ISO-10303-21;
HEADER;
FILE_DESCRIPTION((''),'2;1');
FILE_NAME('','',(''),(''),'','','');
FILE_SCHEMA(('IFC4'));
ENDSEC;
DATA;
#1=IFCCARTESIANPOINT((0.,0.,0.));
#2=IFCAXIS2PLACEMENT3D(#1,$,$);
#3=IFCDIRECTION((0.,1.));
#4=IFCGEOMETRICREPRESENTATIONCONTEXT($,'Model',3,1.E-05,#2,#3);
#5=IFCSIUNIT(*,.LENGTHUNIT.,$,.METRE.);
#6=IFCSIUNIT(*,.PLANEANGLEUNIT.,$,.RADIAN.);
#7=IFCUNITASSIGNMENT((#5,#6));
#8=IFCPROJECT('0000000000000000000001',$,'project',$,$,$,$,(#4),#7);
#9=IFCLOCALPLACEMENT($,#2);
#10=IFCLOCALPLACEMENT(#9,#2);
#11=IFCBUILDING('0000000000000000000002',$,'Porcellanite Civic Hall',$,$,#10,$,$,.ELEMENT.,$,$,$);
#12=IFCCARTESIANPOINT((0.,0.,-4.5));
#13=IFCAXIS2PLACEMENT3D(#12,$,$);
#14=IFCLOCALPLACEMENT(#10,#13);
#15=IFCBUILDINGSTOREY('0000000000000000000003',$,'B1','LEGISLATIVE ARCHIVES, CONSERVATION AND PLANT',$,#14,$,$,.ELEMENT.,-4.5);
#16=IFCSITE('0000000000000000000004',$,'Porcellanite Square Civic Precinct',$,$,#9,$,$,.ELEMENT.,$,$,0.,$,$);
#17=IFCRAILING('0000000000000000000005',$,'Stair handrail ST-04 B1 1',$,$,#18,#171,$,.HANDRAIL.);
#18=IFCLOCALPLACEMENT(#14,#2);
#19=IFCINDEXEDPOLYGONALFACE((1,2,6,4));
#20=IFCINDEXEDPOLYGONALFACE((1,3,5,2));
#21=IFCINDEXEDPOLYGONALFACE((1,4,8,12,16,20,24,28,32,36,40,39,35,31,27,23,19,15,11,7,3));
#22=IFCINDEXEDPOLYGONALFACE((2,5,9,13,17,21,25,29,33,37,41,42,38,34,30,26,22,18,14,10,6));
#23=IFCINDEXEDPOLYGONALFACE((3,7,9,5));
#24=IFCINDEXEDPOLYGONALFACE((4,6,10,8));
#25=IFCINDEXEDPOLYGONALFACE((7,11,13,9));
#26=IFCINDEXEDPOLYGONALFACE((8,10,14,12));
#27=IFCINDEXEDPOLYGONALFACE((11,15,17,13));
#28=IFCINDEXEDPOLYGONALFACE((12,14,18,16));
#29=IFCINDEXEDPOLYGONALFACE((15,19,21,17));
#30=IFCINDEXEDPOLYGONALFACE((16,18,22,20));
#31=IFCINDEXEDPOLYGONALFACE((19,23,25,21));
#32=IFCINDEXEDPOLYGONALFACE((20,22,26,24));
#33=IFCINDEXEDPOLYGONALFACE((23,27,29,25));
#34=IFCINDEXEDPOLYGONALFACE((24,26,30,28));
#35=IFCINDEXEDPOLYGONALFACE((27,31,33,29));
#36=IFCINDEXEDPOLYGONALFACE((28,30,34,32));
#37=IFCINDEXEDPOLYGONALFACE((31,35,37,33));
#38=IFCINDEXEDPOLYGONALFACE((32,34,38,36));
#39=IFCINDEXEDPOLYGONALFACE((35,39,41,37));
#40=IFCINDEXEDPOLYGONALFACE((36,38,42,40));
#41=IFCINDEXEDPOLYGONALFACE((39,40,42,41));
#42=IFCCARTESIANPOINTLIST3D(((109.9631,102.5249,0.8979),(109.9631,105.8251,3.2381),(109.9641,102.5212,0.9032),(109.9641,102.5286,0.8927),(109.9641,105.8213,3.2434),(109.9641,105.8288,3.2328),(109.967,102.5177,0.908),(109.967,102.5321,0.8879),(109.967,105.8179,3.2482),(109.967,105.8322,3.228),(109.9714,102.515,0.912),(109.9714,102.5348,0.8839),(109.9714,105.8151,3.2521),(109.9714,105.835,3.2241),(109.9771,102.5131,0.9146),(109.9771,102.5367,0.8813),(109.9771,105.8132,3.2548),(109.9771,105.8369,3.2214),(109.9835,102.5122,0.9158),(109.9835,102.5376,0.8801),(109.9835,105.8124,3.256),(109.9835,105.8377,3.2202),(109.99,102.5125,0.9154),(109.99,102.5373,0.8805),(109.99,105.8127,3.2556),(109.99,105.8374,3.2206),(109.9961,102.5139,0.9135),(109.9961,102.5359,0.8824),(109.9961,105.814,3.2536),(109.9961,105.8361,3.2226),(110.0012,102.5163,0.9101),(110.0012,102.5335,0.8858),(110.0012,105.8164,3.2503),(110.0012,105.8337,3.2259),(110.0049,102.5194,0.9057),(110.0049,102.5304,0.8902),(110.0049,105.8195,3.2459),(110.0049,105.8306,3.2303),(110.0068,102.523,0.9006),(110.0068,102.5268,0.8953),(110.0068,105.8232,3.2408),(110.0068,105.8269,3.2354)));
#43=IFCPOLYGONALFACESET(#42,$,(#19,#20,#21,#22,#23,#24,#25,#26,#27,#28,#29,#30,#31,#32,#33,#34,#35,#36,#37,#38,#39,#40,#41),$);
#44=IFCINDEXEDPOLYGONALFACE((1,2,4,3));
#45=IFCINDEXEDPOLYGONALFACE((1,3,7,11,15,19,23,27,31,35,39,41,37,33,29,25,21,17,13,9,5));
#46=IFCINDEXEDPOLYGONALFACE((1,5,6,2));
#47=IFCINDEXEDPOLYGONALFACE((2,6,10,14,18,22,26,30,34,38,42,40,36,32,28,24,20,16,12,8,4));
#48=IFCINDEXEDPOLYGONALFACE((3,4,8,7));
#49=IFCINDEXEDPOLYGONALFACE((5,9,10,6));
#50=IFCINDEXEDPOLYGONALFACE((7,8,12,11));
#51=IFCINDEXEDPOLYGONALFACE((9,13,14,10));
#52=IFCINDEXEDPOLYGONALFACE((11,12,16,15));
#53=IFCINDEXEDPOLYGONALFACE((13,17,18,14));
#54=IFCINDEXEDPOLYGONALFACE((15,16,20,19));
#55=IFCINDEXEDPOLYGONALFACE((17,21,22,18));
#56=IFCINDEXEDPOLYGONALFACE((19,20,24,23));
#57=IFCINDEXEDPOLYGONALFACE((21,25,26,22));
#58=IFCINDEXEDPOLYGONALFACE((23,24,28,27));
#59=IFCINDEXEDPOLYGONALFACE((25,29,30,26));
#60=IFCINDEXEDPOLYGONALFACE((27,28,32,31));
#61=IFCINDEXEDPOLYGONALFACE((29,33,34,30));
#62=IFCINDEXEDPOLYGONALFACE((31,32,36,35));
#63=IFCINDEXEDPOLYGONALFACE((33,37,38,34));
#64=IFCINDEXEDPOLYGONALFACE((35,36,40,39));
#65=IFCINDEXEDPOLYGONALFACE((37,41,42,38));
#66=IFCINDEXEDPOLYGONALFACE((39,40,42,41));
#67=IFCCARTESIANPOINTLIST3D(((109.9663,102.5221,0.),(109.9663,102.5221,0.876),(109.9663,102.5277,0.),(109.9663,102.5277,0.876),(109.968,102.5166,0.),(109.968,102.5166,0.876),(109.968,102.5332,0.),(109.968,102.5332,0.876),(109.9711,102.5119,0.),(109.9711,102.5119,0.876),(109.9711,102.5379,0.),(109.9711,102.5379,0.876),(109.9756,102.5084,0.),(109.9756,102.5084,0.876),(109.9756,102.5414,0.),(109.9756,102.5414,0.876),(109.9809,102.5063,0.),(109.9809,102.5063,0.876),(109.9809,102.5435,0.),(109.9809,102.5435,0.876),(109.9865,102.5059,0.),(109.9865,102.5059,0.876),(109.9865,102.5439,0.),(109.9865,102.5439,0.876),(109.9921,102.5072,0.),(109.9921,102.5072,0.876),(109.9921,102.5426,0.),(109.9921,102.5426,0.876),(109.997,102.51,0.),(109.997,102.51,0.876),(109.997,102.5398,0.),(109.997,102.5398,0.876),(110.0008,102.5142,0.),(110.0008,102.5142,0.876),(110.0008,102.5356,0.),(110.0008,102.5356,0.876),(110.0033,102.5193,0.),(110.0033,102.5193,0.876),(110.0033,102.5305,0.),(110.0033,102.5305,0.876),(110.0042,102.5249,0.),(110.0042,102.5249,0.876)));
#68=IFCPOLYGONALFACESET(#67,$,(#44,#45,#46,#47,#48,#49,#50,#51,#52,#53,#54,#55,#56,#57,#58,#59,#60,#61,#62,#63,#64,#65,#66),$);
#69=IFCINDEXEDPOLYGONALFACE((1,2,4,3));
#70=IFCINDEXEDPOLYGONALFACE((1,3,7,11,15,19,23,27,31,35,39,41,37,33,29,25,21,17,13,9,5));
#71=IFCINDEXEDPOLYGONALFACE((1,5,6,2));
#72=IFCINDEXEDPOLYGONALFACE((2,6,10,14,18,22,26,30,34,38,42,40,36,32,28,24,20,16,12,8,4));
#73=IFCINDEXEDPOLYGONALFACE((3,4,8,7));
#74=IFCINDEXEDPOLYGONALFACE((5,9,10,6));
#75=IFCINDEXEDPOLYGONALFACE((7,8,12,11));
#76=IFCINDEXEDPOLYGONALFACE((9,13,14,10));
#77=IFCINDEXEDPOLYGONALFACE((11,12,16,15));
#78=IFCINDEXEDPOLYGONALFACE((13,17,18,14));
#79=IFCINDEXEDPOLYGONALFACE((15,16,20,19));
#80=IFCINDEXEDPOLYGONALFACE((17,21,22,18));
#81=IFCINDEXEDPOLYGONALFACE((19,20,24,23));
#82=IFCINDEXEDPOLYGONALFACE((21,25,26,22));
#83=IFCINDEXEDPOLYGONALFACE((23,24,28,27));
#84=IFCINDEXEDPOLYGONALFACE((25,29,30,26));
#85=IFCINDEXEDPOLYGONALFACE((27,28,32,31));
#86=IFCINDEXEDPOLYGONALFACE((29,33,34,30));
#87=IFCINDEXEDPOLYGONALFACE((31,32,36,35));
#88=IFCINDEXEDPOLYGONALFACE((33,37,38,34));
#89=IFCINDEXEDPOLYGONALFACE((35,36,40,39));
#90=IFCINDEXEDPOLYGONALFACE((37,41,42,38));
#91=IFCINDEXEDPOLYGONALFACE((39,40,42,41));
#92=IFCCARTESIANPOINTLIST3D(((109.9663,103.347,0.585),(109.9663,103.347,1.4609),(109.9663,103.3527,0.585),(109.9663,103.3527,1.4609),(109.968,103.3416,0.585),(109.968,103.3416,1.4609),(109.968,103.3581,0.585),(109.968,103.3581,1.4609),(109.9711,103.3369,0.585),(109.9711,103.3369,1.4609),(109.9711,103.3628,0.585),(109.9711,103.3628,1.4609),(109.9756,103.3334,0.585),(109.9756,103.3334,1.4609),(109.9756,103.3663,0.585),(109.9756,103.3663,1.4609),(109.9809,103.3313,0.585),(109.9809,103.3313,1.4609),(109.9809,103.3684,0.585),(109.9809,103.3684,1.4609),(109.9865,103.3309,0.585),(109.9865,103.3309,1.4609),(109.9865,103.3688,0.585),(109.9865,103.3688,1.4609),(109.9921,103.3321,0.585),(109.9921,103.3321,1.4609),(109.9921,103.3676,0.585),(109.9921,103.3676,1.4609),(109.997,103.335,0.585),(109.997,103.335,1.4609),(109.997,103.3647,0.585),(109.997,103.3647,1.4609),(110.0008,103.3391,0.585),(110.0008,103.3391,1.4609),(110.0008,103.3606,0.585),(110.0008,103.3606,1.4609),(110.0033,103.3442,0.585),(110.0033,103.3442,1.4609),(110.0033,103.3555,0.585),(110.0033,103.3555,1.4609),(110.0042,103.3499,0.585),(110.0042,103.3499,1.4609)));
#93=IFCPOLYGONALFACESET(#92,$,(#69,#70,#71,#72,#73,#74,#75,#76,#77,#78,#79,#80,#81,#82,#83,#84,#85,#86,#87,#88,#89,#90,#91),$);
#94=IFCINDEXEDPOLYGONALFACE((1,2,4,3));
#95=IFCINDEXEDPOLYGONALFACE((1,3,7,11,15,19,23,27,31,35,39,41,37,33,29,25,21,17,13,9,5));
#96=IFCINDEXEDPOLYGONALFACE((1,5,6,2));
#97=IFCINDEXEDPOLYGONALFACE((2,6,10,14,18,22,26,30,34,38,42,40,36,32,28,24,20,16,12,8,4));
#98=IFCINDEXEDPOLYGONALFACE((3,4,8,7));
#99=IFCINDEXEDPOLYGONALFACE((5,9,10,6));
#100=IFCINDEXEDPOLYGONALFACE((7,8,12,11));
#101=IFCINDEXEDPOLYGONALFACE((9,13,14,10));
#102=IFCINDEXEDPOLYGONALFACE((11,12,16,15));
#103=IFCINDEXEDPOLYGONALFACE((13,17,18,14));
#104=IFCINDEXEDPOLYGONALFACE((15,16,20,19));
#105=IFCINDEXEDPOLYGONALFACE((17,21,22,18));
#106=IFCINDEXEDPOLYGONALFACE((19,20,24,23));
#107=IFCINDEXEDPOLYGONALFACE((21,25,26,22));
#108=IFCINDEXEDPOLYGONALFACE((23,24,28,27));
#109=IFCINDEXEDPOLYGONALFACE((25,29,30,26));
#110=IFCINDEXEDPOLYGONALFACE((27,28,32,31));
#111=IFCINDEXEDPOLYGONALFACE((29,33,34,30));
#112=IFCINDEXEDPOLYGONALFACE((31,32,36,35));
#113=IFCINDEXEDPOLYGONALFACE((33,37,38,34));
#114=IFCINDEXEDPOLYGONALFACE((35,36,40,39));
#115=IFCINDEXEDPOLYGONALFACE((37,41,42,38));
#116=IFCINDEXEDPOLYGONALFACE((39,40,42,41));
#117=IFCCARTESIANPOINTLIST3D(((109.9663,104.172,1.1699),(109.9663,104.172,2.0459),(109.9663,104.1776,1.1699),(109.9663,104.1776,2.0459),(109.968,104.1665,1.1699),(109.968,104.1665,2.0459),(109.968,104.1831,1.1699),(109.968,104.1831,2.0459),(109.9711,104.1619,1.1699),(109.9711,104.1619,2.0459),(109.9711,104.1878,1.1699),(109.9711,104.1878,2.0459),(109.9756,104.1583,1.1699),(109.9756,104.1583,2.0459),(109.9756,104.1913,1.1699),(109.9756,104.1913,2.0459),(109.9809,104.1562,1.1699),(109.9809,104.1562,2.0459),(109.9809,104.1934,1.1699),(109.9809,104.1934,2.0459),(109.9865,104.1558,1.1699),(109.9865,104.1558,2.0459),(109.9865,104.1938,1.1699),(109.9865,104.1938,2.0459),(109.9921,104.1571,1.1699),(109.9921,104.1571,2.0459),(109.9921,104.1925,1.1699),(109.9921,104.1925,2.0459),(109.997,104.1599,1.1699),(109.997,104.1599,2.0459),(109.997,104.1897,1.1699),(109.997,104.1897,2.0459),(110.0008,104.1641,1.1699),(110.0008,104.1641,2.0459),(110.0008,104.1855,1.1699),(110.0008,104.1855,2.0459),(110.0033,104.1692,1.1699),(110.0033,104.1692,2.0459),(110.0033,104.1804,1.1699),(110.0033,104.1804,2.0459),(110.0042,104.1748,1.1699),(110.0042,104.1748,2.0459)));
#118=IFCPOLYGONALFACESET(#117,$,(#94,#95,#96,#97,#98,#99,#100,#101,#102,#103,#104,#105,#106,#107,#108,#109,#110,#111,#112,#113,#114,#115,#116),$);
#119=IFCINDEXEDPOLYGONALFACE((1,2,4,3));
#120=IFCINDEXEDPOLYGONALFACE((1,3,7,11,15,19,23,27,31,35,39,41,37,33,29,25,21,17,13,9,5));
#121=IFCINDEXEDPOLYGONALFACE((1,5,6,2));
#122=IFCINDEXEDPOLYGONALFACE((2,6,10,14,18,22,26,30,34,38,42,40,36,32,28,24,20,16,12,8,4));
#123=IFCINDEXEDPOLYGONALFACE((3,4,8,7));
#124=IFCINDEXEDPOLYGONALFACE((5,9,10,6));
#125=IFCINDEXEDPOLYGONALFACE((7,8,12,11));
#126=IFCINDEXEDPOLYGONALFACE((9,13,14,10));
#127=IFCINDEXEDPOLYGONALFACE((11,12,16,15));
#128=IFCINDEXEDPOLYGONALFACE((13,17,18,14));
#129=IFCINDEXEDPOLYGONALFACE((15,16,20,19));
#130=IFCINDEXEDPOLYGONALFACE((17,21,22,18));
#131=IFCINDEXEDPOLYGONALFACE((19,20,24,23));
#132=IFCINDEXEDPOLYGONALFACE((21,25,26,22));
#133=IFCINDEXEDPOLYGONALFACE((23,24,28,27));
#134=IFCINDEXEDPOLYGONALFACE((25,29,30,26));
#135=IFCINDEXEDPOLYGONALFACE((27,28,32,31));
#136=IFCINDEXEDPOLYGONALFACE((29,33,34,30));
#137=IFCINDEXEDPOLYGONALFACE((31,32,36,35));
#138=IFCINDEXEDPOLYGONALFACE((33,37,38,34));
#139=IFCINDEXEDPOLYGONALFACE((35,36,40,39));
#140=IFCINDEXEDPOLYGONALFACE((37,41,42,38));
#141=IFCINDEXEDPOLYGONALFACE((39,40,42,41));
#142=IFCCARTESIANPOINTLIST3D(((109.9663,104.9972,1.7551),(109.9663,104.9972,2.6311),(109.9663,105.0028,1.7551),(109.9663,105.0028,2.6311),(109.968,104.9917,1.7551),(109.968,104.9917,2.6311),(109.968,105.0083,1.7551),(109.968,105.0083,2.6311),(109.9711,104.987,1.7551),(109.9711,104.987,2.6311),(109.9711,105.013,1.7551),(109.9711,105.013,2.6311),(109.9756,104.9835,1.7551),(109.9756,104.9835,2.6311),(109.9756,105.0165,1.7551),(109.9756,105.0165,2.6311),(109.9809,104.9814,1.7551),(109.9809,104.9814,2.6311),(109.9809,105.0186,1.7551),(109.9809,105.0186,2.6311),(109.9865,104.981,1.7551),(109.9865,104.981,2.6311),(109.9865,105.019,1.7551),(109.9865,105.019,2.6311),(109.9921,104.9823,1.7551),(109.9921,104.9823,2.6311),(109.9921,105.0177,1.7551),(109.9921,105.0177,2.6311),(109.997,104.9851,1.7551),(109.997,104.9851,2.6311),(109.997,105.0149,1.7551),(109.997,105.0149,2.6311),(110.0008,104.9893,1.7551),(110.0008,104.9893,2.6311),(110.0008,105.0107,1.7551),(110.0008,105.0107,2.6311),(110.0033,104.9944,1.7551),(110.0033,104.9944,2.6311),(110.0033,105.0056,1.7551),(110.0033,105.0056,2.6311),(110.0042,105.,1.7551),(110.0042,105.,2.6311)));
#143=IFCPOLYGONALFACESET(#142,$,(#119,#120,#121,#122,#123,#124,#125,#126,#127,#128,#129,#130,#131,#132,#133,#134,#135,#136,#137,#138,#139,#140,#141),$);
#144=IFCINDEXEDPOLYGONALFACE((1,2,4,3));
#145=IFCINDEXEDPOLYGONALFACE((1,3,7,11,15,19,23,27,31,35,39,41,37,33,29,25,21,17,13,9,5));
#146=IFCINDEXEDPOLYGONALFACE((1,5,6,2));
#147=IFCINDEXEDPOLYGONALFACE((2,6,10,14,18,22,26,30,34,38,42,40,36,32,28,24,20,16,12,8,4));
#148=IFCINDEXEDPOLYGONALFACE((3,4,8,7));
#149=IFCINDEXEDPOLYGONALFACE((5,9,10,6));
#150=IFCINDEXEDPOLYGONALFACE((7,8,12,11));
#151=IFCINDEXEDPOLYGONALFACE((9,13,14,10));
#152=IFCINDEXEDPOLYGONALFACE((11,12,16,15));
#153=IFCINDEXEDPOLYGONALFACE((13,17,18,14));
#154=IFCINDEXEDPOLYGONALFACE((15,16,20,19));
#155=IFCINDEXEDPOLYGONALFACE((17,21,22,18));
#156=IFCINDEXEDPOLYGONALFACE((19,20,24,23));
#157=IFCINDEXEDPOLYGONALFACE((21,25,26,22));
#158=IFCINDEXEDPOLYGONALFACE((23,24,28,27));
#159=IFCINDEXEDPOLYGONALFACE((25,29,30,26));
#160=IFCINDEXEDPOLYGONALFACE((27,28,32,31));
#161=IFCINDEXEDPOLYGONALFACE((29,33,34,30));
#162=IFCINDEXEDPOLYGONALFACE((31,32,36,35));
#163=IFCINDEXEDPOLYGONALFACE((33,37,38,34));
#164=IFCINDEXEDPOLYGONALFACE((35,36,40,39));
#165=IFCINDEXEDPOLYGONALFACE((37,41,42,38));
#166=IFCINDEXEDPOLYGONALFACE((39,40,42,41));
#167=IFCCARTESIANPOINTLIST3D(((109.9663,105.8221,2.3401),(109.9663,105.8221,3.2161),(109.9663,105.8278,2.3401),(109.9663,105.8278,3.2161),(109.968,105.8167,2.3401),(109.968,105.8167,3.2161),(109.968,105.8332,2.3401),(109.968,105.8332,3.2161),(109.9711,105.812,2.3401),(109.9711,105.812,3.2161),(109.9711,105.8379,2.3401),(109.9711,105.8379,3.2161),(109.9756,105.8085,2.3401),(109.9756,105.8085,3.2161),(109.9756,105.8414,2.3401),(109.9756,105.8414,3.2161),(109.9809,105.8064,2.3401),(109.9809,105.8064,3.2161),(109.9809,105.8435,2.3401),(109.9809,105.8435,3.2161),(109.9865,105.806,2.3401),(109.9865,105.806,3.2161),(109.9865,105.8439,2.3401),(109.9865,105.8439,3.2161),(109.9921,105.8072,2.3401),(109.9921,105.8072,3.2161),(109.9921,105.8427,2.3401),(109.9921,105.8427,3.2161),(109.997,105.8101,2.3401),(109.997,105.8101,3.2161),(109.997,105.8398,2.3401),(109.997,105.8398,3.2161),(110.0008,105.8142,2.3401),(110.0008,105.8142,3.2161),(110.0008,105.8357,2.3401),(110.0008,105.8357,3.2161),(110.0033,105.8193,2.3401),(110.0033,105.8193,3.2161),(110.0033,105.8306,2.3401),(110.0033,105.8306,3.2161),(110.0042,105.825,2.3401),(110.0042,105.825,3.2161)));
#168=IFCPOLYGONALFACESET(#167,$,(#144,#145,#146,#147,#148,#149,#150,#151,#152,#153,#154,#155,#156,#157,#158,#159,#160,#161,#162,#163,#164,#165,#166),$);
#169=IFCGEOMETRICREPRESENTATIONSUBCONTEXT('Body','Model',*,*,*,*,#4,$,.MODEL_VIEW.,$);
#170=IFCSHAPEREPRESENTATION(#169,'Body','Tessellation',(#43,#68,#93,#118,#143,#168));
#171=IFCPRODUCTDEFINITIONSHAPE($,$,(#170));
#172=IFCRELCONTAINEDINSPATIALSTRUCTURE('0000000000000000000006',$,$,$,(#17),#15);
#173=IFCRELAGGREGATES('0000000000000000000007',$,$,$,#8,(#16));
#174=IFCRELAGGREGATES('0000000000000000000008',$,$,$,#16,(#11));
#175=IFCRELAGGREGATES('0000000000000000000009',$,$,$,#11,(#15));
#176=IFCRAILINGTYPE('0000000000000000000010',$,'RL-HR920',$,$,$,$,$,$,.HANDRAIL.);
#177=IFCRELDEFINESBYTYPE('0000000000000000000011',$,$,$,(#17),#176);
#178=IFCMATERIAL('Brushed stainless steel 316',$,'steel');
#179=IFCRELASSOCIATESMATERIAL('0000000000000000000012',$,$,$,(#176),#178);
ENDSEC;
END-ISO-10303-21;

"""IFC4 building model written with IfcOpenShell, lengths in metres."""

from ifc_helpers import new_model, si_unit, direction, frame, origin, origin_2d, place, context, subcontext, project, spatial, circle, extrude, material, type_object, element, save


model = new_model("IFC4")

# Units and contexts
model_context = context("Model", 3, precision=1e-05, world=origin(), true_north=direction((0.0, 1.0)))
body_context = subcontext(model_context, "Body", "Model", "MODEL_VIEW")
ifc_project = project(units=[si_unit("LENGTHUNIT", "METRE"), si_unit("PLANEANGLEUNIT", "RADIAN")], contexts=[model_context])

# Site, building, storey
site_placement = place(None, origin())
site = spatial("IfcSite", under=ifc_project, at=site_placement, Name="Porcellanite Square Civic Precinct", CompositionType="ELEMENT", RefElevation=0.0)
building_placement = place(site_placement, origin())
building = spatial("IfcBuilding", under=site, at=building_placement, Name="Porcellanite Civic Hall", CompositionType="ELEMENT")
storey_placement = place(building_placement, frame((0.0, 0.0, -4.5)))
storey = spatial("IfcBuildingStorey", under=building, at=storey_placement, Name="B1", Description="LEGISLATIVE ARCHIVES, CONSERVATION AND PLANT", CompositionType="ELEMENT", Elevation=-4.5)

# Railing
ifc_material_1 = material(Name="Brushed stainless steel 316", Category="steel")
railing_type_1 = type_object("IfcRailingType", Name="RL-HR920", PredefinedType="HANDRAIL", material=ifc_material_1)
railing_1_placement = place(storey_placement, frame((109.9851, 102.5249, 0.0)))
element("IfcRailing", 1, at=railing_1_placement, inside=storey, type_object=railing_type_1, Name="Stair handrail ST-04 B1 1", PredefinedType="HANDRAIL", context=body_context, shape_type="SweptSolid", body=[
    extrude(circle(Radius=0.022, at=origin_2d()), frame((0.0, 0.0, 0.8979), z_axis=(0.0, 0.815727, 0.578438), x_axis=(-1.0, 0.0, 0.0)), (0.0, 0.0, 1.0), 4.0457),
    extrude(circle(Radius=0.019, at=origin_2d()), origin(), (0.0, 0.0, 1.0), 0.876),
    extrude(circle(Radius=0.019, at=origin_2d()), frame((0.0, 0.825, 0.585)), (0.0, 0.0, 1.0), 0.876),
    extrude(circle(Radius=0.019, at=origin_2d()), frame((0.0, 1.6499, 1.1699)), (0.0, 0.0, 1.0), 0.876),
    extrude(circle(Radius=0.019, at=origin_2d()), frame((0.0, 2.4751, 1.7551)), (0.0, 0.0, 1.0), 0.876),
    extrude(circle(Radius=0.019, at=origin_2d()), frame((0.0, 3.3, 2.3401)), (0.0, 0.0, 1.0), 0.876),
])

save(model, "model.ifc")
